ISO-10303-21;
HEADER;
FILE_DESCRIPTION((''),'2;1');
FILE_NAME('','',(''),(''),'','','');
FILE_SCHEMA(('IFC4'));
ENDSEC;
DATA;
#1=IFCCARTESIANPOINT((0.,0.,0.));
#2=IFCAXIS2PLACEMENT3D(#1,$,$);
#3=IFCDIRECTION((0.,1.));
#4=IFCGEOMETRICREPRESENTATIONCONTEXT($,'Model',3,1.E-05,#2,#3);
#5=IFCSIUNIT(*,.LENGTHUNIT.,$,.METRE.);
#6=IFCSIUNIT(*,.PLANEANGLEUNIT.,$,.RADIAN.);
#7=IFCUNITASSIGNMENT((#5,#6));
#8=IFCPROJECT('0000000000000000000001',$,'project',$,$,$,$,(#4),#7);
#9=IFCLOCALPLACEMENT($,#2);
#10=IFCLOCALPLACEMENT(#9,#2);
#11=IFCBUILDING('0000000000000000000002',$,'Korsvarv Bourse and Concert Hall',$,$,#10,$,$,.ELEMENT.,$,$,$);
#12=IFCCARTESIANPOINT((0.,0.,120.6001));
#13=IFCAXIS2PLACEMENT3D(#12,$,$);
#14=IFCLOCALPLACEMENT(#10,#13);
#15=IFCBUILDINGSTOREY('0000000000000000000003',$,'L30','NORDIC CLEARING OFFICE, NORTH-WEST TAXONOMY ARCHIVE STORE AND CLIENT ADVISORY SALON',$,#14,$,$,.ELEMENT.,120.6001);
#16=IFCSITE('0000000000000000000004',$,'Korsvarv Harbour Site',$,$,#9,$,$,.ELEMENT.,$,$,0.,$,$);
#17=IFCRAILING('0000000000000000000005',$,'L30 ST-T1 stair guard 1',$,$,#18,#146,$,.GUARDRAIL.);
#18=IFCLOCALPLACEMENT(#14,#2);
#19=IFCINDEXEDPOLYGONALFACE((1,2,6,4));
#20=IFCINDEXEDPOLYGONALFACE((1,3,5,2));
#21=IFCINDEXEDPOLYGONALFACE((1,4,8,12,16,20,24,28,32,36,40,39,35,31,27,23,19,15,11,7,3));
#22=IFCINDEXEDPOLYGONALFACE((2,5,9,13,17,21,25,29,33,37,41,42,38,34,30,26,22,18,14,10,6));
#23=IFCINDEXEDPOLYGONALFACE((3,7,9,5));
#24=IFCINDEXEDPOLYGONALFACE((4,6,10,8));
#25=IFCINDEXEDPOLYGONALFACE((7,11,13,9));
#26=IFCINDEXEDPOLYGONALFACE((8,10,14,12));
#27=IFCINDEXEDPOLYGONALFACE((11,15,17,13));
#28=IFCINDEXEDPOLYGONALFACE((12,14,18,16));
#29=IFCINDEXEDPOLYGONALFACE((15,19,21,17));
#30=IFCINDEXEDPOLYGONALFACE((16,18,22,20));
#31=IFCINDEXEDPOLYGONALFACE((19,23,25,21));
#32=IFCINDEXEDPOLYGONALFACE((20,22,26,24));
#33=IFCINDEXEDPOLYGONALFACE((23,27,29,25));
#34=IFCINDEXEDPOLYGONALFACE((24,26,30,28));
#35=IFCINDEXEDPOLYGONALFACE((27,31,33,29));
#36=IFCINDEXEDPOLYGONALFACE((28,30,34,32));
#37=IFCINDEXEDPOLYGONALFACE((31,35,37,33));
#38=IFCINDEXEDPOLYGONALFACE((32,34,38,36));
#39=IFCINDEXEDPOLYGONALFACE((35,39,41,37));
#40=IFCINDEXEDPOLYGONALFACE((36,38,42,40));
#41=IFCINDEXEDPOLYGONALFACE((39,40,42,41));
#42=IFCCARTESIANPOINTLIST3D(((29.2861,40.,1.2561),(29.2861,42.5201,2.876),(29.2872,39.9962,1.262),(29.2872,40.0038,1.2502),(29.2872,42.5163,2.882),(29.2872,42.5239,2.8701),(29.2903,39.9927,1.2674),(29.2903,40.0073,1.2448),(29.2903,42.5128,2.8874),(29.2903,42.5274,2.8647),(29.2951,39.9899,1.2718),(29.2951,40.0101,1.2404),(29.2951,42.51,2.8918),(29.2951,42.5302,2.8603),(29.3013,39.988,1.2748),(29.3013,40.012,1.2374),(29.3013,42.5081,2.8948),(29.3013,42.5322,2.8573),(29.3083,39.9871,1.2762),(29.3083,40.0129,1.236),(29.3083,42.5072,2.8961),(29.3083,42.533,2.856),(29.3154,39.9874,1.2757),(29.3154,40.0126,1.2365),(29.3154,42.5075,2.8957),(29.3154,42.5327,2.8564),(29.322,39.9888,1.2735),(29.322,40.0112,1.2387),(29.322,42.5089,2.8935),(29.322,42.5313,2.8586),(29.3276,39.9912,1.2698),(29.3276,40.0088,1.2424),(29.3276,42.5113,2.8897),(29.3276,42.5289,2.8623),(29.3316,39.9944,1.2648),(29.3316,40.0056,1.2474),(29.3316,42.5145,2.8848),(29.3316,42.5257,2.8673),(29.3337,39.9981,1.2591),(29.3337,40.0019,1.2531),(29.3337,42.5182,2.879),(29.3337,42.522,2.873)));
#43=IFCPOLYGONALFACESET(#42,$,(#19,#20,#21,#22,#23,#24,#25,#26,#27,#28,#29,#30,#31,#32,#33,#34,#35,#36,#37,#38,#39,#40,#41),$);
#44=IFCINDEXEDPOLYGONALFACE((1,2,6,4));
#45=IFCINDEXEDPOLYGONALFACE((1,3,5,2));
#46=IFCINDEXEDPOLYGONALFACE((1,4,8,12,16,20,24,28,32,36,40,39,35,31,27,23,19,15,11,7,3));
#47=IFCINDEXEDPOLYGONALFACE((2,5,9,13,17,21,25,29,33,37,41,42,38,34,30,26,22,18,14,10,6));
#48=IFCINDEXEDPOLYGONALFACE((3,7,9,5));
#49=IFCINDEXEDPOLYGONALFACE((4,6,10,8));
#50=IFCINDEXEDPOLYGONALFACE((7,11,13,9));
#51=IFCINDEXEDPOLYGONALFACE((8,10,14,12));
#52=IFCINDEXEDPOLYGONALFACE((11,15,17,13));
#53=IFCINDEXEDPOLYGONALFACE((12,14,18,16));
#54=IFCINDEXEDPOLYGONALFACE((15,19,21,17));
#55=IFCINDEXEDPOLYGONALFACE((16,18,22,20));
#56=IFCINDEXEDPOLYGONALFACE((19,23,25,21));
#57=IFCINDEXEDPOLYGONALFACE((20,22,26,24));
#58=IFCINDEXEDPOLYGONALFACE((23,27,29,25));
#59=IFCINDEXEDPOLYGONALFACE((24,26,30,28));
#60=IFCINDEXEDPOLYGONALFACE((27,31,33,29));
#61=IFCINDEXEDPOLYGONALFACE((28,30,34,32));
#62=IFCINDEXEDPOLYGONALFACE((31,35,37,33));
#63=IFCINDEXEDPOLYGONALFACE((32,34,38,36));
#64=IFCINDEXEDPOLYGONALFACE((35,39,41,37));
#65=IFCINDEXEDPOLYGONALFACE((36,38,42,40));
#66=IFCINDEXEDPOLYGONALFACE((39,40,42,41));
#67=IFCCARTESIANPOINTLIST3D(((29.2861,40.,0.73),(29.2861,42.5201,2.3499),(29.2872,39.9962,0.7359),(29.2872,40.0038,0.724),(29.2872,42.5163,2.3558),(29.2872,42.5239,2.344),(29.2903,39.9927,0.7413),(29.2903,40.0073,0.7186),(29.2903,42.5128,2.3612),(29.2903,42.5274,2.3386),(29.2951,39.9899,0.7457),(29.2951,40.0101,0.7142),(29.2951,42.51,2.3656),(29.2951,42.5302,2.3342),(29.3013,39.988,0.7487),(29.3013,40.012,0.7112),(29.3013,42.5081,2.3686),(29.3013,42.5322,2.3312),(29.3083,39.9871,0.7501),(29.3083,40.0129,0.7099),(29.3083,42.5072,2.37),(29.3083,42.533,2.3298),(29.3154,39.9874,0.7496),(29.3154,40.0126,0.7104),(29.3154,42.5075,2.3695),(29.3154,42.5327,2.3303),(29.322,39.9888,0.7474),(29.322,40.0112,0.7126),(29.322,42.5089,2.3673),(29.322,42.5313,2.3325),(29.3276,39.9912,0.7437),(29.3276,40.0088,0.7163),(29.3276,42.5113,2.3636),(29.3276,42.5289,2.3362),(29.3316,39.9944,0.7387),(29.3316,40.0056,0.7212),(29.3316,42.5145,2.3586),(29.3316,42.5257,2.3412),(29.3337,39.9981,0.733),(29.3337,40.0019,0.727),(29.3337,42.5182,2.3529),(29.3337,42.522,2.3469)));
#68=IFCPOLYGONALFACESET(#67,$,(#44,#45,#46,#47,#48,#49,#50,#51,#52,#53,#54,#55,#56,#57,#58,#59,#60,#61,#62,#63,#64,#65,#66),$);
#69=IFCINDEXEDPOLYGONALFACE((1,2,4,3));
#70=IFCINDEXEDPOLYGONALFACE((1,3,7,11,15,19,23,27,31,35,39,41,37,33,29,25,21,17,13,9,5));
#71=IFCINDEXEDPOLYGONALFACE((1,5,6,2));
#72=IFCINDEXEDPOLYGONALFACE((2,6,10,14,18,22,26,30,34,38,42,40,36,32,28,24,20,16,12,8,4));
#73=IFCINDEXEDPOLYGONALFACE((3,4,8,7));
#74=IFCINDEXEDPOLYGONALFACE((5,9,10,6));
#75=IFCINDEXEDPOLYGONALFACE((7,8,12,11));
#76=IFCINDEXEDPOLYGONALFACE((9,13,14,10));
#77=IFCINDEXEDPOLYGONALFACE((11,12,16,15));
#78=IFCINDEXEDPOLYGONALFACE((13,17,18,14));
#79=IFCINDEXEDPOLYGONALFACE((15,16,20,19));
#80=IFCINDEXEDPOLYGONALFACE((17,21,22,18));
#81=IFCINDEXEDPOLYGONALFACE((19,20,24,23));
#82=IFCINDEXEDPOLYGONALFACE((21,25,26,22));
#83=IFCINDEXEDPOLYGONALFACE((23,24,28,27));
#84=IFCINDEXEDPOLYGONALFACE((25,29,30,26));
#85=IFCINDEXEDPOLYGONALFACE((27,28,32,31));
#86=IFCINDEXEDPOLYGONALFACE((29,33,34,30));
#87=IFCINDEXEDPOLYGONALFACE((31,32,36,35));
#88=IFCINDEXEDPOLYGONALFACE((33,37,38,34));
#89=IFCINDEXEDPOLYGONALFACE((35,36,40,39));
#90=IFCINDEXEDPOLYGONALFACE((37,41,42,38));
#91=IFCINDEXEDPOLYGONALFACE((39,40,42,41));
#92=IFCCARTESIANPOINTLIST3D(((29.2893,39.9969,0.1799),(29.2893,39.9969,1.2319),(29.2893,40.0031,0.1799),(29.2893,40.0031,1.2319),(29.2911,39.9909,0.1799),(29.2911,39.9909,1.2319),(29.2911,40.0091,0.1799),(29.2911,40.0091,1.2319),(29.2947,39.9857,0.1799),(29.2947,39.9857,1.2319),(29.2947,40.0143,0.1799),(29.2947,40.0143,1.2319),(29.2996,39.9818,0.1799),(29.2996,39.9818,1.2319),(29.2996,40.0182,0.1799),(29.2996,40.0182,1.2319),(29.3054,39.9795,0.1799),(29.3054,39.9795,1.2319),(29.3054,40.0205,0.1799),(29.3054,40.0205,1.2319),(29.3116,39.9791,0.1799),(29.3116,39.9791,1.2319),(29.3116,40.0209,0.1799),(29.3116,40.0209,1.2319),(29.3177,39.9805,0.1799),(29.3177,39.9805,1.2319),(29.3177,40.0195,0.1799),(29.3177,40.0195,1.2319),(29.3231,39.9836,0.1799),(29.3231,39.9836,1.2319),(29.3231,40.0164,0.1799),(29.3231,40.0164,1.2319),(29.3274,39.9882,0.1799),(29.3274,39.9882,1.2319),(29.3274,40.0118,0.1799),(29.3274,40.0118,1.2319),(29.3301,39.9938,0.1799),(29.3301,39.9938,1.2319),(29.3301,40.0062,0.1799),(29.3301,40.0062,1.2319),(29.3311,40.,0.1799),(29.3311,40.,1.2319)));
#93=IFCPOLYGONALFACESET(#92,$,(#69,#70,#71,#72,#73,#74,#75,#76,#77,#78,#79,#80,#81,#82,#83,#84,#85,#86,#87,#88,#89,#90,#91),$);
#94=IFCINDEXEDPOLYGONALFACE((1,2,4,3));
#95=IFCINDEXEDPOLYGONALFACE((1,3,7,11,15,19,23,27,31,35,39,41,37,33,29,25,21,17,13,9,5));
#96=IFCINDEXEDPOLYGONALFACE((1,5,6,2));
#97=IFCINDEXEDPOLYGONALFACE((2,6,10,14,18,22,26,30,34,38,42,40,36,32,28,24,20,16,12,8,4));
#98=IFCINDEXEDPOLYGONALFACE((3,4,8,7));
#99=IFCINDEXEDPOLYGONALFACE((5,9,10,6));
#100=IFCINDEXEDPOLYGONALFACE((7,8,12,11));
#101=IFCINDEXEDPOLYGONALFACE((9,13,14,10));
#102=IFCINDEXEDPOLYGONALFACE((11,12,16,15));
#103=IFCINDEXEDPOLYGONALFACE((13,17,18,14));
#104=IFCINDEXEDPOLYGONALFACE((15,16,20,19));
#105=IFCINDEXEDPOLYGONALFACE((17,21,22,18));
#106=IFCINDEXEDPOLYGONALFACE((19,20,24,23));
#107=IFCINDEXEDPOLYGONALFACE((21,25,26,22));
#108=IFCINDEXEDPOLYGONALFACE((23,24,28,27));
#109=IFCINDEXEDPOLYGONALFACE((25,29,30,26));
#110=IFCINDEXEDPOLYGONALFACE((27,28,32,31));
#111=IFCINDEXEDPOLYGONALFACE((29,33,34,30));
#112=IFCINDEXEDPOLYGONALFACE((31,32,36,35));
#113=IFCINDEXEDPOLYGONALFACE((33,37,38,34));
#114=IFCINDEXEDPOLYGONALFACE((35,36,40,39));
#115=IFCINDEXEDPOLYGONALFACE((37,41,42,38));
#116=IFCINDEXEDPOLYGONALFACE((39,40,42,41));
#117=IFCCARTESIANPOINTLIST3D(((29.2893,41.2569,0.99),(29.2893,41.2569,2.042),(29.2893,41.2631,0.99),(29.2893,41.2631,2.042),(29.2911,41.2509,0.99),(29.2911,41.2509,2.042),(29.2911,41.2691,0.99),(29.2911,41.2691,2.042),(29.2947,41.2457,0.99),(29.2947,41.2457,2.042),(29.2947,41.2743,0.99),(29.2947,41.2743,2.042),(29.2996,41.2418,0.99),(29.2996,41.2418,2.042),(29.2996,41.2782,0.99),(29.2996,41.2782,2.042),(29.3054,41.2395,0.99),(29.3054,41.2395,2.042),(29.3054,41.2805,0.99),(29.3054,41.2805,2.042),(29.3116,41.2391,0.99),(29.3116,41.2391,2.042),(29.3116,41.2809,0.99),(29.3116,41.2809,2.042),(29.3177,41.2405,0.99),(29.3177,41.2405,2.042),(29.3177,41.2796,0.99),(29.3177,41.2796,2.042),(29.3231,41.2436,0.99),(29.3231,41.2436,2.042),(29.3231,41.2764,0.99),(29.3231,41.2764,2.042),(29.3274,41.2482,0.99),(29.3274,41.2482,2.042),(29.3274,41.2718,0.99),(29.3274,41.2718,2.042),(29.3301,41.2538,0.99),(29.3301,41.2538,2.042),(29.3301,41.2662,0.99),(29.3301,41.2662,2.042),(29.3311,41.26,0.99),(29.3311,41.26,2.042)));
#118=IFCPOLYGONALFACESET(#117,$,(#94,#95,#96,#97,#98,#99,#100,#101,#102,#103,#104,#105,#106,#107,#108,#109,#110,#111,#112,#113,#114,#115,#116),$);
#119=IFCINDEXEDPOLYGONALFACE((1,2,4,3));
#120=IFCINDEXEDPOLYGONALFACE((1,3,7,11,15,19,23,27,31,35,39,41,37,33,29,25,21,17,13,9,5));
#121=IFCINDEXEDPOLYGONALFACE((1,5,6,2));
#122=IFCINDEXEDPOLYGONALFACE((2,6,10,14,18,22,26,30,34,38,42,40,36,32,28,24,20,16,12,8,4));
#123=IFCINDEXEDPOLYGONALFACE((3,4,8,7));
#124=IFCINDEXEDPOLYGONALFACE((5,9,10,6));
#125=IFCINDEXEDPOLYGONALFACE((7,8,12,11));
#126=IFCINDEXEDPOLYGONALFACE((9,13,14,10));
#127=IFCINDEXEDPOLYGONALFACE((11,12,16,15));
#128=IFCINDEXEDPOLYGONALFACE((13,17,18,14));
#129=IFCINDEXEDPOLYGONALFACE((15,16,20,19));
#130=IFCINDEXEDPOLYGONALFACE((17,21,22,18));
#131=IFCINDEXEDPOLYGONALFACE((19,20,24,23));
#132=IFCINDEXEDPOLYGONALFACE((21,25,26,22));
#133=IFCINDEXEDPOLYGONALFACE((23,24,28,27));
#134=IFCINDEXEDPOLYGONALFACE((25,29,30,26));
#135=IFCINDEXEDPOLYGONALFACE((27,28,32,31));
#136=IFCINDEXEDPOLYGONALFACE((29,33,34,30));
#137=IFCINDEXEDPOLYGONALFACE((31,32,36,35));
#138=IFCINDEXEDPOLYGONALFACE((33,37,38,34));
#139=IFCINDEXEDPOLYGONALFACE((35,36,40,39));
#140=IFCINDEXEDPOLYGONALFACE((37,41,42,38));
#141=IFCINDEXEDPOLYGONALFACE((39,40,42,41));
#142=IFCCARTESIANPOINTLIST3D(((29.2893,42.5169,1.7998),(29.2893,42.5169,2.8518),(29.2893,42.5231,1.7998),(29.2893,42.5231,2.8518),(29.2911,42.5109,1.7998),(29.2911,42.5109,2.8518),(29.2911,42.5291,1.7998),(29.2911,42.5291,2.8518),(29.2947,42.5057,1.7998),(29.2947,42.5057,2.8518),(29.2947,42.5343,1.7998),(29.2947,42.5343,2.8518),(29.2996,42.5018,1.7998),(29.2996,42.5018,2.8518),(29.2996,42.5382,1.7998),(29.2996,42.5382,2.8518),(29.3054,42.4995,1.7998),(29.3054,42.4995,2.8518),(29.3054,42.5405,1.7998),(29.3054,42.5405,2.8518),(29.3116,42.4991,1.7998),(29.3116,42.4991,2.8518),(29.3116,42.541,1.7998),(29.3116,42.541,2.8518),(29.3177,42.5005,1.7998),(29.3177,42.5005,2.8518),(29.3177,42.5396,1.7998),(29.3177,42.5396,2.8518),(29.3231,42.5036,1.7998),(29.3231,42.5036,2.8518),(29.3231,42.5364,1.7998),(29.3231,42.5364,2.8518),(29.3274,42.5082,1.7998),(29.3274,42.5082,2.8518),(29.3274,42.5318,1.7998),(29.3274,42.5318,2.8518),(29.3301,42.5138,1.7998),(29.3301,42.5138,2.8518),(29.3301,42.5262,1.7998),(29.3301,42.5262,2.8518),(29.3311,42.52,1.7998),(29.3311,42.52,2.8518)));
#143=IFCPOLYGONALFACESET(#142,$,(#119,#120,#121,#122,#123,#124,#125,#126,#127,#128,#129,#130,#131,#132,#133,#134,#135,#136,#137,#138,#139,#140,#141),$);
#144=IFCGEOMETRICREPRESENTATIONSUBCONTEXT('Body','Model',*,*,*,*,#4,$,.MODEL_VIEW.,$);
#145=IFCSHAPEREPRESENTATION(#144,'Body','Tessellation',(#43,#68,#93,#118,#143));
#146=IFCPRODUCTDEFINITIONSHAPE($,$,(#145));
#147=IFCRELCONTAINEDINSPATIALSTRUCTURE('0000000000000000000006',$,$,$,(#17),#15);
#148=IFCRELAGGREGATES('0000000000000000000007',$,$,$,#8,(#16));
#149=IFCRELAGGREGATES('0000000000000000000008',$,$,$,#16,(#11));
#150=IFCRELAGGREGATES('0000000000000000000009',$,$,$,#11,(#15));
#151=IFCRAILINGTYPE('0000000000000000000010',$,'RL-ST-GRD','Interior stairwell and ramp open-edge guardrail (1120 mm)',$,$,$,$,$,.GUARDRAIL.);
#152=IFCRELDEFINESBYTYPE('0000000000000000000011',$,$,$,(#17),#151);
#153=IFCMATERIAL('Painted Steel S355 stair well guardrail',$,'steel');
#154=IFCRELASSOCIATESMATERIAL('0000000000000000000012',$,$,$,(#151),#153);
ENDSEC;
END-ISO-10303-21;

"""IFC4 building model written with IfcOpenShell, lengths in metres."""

from ifc_helpers import new_model, si_unit, direction, frame, origin, origin_2d, place, context, subcontext, project, spatial, circle, extrude, material, type_object, element, save


model = new_model("IFC4")

# Units and contexts
model_context = context("Model", 3, precision=1e-05, world=origin(), true_north=direction((0.0, 1.0)))
body_context = subcontext(model_context, "Body", "Model", "MODEL_VIEW")
ifc_project = project(units=[si_unit("LENGTHUNIT", "METRE"), si_unit("PLANEANGLEUNIT", "RADIAN")], contexts=[model_context])

# Site, building, storey
site_placement = place(None, origin())
site = spatial("IfcSite", under=ifc_project, at=site_placement, Name="Korsvarv Harbour Site", CompositionType="ELEMENT", RefElevation=0.0)
building_placement = place(site_placement, origin())
building = spatial("IfcBuilding", under=site, at=building_placement, Name="Korsvarv Bourse and Concert Hall", CompositionType="ELEMENT")
storey_placement = place(building_placement, frame((0.0, 0.0, 120.6001)))
storey = spatial("IfcBuildingStorey", under=building, at=storey_placement, Name="L30", Description="NORDIC CLEARING OFFICE, NORTH-WEST TAXONOMY ARCHIVE STORE AND CLIENT ADVISORY SALON", CompositionType="ELEMENT", Elevation=120.6001)

# Railing
ifc_material_1 = material(Name="Painted Steel S355 stair well guardrail", Category="steel")
railing_type_1 = type_object("IfcRailingType", Name="RL-ST-GRD", Description="Interior stairwell and ramp open-edge guardrail (1120 mm)", PredefinedType="GUARDRAIL", material=ifc_material_1)
railing_1_placement = place(storey_placement, frame((29.3101, 40.0, 0.1799)))
element("IfcRailing", 1, at=railing_1_placement, inside=storey, type_object=railing_type_1, Name="L30 ST-T1 stair guard 1", PredefinedType="GUARDRAIL", context=body_context, shape_type="SweptSolid", body=[
    extrude(circle(Radius=0.0239, at=origin_2d()), frame((0.0, 0.0, 1.0762), z_axis=(0.0, 0.8412, 0.540725), x_axis=(-1.0, 0.0, 0.0)), (0.0, 0.0, 1.0), 2.9958),
    extrude(circle(Radius=0.0239, at=origin_2d()), frame((0.0, 0.0, 0.55), z_axis=(0.0, 0.8412, 0.540725), x_axis=(-1.0, 0.0, 0.0)), (0.0, 0.0, 1.0), 2.9958),
    extrude(circle(Radius=0.021, at=origin_2d()), origin(), (0.0, 0.0, 1.0), 1.052),
    extrude(circle(Radius=0.021, at=origin_2d()), frame((0.0, 1.26, 0.8101)), (0.0, 0.0, 1.0), 1.052),
    extrude(circle(Radius=0.021, at=origin_2d()), frame((0.0, 2.52, 1.6199)), (0.0, 0.0, 1.0), 1.052),
])

save(model, "model.ifc")
